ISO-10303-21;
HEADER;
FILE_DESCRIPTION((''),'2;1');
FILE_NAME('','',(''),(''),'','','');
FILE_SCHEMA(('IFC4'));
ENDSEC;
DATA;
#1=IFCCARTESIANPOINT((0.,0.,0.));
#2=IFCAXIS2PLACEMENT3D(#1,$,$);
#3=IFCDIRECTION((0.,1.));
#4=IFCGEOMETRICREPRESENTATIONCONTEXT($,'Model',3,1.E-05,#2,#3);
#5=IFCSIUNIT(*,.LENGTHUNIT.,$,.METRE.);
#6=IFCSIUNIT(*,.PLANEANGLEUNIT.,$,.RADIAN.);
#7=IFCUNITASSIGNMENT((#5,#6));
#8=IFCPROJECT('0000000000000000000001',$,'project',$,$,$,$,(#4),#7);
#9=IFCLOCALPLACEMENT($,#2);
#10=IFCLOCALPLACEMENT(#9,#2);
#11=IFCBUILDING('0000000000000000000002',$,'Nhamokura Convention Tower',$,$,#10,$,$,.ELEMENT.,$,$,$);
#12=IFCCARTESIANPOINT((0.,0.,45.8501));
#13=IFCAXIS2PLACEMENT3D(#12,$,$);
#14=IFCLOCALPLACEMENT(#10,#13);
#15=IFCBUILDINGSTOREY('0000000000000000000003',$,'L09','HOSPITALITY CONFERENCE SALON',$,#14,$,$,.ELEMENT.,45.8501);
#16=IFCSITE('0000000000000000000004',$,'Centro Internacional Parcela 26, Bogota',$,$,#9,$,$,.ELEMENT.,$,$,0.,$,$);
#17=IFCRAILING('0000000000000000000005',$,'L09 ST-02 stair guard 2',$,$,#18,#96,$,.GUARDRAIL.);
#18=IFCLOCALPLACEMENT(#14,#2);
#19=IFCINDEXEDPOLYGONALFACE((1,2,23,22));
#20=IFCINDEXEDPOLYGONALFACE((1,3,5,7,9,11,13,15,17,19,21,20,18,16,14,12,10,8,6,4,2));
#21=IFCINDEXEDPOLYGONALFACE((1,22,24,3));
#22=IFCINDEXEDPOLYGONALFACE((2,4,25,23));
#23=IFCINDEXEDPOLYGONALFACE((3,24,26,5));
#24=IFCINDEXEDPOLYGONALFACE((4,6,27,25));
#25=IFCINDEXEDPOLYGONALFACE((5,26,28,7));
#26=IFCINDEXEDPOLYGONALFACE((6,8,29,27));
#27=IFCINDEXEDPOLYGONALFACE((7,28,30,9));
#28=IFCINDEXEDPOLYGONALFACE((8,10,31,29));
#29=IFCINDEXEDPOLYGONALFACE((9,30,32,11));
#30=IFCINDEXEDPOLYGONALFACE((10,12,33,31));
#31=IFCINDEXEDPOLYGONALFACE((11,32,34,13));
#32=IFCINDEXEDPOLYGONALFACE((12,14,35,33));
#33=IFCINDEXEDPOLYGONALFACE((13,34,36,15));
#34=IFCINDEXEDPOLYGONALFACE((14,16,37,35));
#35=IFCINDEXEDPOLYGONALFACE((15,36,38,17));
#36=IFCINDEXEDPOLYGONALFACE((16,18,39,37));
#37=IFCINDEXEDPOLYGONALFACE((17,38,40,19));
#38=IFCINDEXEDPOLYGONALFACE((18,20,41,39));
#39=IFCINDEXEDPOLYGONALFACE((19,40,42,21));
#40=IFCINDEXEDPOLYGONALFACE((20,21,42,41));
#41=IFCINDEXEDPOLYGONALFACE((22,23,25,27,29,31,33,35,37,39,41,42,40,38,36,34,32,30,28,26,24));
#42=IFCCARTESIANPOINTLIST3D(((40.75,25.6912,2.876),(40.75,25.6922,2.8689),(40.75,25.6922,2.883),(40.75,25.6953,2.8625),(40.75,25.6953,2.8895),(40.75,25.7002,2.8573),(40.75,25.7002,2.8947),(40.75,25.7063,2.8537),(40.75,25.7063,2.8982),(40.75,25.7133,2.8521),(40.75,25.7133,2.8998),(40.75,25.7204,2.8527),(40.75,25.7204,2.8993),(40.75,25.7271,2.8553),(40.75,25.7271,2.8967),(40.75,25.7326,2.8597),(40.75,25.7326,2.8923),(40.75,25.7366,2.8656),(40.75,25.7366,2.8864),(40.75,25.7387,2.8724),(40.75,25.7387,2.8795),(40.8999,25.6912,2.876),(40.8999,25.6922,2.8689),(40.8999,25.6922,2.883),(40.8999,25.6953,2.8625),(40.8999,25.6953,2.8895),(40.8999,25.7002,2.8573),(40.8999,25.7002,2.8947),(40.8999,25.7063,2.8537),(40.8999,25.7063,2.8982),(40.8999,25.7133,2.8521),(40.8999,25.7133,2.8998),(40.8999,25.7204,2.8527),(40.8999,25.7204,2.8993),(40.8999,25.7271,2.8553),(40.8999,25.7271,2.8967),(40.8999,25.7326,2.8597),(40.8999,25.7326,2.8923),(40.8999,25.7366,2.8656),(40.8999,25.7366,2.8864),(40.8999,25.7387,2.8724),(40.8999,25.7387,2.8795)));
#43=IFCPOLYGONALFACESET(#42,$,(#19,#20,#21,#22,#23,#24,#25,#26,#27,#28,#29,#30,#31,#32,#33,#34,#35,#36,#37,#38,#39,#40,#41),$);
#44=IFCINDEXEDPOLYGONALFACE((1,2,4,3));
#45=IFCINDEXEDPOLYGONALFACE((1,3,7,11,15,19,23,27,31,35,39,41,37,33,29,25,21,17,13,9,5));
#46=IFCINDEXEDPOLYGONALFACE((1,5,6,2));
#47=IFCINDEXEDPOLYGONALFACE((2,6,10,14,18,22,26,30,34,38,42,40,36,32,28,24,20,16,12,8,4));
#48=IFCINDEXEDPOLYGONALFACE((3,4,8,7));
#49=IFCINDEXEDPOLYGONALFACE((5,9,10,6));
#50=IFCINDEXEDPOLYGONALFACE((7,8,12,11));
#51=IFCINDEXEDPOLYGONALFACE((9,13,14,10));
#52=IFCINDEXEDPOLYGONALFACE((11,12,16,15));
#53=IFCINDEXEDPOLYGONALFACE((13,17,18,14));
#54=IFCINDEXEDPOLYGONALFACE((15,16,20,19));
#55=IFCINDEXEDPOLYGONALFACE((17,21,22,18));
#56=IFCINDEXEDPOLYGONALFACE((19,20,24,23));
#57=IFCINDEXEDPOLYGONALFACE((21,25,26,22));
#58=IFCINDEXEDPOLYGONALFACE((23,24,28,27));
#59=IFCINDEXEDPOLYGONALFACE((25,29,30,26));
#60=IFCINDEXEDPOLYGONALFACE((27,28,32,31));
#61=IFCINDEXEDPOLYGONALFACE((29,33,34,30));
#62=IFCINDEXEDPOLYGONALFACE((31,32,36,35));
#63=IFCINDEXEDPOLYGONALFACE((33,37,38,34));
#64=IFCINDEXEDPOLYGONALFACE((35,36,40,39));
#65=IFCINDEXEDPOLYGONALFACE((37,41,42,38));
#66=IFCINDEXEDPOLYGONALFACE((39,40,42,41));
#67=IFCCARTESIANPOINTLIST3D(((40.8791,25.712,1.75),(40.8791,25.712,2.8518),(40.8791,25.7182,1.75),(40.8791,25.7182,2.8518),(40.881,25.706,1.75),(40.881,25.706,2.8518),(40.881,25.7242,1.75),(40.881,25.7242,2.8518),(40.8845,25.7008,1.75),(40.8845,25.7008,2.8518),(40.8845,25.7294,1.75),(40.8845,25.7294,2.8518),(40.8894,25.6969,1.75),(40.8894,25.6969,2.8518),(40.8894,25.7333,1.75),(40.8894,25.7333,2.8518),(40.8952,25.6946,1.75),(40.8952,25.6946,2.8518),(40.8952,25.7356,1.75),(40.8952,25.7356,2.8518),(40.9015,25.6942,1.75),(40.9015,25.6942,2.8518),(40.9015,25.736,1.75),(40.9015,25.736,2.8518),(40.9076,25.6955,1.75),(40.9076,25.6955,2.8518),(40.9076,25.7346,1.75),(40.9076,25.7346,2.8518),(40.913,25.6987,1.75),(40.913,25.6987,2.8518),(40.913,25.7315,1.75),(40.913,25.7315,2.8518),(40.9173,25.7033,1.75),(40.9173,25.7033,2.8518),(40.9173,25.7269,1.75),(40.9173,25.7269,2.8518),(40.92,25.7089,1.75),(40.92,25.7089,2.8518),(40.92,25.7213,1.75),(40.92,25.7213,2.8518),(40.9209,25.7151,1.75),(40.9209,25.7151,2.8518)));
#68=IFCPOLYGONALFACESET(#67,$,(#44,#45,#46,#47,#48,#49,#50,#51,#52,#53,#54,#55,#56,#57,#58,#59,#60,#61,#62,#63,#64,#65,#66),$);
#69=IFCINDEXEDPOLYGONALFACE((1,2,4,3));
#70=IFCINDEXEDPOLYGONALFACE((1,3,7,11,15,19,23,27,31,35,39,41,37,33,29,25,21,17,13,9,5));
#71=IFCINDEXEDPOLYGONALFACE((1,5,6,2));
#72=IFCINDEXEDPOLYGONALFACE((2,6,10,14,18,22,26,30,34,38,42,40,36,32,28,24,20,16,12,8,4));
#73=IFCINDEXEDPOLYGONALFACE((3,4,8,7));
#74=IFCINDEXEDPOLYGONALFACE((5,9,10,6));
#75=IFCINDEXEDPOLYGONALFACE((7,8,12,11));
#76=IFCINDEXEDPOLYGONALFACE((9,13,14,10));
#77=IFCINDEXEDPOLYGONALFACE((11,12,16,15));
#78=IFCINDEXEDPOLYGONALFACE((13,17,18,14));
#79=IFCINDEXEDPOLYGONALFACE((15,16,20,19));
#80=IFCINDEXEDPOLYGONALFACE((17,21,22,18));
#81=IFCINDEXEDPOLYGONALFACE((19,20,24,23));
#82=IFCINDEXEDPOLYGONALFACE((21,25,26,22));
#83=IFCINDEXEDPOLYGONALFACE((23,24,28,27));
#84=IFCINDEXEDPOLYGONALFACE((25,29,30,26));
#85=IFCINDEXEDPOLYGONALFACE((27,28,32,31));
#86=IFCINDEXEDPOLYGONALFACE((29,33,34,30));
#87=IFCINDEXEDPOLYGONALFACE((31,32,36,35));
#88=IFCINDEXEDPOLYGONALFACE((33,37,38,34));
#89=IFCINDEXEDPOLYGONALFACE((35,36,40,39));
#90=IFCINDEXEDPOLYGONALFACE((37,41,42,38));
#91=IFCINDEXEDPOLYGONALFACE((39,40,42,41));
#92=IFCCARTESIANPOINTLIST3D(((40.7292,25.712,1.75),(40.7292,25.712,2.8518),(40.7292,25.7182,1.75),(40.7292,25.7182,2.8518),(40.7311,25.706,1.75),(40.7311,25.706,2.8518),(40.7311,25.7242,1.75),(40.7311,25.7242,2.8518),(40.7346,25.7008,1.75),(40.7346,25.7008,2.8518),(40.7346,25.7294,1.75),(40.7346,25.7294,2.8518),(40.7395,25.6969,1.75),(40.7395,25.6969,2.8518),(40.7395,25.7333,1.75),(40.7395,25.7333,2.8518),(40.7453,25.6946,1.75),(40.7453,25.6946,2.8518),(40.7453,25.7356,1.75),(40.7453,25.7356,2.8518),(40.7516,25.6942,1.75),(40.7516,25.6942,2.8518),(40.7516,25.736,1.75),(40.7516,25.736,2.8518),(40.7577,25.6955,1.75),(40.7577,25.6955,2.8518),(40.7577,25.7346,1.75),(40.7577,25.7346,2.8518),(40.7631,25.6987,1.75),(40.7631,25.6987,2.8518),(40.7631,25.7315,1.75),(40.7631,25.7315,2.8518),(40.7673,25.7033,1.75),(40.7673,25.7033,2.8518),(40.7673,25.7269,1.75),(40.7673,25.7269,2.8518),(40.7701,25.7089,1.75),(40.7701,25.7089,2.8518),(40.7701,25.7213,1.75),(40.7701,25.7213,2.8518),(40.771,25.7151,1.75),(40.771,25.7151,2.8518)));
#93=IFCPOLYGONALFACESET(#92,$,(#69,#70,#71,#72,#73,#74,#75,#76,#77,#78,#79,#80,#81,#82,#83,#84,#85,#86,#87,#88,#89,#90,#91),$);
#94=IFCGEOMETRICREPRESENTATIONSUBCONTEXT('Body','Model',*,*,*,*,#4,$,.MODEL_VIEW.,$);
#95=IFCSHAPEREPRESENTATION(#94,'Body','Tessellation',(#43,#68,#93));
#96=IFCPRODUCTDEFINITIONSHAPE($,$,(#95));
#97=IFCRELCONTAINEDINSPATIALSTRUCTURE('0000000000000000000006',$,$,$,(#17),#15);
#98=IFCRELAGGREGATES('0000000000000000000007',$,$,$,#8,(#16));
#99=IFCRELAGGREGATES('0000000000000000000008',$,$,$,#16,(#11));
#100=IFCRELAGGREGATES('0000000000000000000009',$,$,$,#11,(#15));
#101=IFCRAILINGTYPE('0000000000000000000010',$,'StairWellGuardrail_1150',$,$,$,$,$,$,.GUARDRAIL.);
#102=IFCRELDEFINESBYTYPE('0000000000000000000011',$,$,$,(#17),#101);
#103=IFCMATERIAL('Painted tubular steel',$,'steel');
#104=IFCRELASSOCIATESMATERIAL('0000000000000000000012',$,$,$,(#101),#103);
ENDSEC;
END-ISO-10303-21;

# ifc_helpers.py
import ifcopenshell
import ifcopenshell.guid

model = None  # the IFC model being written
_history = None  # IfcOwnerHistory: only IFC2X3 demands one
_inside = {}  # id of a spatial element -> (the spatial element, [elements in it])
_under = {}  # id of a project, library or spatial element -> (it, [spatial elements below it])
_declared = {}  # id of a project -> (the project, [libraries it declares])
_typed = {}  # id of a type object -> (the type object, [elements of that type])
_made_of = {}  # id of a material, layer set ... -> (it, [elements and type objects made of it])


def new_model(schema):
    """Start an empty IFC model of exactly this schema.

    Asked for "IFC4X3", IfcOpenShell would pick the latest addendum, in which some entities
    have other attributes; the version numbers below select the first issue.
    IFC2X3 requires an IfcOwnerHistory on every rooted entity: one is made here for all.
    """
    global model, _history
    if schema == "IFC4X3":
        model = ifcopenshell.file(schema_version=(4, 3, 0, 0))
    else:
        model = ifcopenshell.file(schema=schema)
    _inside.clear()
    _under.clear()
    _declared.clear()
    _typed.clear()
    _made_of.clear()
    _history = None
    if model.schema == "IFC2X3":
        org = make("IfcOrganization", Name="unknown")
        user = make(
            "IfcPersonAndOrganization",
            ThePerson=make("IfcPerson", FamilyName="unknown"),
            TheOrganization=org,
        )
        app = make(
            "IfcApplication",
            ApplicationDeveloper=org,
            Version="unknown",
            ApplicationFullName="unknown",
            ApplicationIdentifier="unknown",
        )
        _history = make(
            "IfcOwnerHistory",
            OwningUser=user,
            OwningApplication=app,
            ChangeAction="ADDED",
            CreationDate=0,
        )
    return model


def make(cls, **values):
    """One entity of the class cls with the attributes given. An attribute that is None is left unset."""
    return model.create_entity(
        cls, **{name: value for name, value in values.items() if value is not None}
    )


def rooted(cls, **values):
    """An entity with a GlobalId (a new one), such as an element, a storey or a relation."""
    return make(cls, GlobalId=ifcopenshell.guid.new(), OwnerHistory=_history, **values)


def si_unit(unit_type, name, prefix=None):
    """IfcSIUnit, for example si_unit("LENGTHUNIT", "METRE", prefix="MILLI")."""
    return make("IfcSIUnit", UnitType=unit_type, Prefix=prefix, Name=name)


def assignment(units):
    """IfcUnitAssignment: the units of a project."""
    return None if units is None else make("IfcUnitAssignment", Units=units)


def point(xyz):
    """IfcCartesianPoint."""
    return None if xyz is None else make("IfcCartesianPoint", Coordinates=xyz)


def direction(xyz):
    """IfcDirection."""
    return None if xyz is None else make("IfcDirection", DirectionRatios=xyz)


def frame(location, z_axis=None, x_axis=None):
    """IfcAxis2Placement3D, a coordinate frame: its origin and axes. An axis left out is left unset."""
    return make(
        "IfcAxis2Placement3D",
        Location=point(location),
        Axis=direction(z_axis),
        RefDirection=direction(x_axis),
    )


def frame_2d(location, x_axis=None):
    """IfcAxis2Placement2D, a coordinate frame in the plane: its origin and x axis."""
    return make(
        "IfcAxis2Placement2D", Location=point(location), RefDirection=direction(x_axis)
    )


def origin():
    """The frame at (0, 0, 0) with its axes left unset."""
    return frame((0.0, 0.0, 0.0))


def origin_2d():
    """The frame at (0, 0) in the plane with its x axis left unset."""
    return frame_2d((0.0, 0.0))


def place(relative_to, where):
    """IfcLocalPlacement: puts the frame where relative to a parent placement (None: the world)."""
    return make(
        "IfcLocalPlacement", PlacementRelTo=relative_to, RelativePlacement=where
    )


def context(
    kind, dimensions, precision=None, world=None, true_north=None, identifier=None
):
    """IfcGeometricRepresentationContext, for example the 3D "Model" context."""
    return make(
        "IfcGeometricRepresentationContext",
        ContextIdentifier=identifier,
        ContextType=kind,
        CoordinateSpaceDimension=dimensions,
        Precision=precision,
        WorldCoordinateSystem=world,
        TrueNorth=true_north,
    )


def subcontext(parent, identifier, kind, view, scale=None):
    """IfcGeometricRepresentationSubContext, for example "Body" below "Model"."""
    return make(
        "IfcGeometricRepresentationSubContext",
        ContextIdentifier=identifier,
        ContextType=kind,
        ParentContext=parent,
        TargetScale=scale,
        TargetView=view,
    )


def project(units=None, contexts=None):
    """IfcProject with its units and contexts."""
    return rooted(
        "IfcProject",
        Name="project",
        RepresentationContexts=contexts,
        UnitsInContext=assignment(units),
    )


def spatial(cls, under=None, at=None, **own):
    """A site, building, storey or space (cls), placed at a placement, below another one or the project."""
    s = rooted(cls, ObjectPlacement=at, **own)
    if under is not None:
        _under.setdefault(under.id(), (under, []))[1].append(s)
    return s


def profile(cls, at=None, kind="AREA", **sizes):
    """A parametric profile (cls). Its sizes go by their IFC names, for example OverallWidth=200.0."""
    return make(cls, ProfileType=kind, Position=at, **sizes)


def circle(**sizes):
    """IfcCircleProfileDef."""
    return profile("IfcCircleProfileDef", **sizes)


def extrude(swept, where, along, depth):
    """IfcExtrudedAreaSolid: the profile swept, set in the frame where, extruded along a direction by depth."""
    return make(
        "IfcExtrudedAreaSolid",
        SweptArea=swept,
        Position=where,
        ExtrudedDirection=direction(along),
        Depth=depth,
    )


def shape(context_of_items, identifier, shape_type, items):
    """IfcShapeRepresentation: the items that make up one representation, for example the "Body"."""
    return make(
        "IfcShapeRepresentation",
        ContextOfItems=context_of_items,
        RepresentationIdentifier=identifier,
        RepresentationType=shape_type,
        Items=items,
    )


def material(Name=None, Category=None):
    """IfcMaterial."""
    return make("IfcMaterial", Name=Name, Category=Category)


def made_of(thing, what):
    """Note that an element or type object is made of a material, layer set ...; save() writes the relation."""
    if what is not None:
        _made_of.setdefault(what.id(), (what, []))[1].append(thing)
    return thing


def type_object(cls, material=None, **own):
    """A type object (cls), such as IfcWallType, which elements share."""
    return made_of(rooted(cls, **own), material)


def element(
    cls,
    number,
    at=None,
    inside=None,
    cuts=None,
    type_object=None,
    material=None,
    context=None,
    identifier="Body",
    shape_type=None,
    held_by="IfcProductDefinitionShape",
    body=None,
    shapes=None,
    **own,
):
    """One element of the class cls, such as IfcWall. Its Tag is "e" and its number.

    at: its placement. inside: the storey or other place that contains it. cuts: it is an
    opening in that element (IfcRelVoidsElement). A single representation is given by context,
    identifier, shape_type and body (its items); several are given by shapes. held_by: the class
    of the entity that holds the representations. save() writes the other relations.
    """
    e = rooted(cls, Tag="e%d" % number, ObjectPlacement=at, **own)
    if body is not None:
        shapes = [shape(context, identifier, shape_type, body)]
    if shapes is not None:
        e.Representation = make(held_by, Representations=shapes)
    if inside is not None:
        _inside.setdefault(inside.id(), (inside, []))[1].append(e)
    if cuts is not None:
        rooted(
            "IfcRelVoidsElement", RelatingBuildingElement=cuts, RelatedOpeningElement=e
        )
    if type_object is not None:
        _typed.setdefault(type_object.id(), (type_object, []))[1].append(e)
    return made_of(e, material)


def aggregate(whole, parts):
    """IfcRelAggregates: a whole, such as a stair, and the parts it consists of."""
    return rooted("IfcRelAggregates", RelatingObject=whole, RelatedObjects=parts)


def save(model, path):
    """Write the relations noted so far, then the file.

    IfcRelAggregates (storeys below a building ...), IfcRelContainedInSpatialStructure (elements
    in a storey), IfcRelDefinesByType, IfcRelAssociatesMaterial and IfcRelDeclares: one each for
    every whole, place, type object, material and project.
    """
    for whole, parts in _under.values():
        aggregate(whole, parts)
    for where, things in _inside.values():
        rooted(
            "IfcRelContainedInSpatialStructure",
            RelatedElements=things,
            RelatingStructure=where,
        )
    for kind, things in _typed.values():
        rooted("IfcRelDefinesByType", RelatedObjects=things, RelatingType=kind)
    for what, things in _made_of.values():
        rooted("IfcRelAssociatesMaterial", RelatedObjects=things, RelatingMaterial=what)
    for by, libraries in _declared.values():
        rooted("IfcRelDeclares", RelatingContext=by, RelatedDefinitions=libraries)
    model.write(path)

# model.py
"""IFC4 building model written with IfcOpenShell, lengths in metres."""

from ifc_helpers import new_model, si_unit, direction, frame, origin, origin_2d, place, context, subcontext, project, spatial, circle, extrude, material, type_object, element, save


model = new_model("IFC4")

# Units and contexts
model_context = context("Model", 3, precision=1e-05, world=origin(), true_north=direction((0.0, 1.0)))
body_context = subcontext(model_context, "Body", "Model", "MODEL_VIEW")
ifc_project = project(units=[si_unit("LENGTHUNIT", "METRE"), si_unit("PLANEANGLEUNIT", "RADIAN")], contexts=[model_context])

# Site, building, storey
site_placement = place(None, origin())
site = spatial("IfcSite", under=ifc_project, at=site_placement, Name="Centro Internacional Parcela 26, Bogota", CompositionType="ELEMENT", RefElevation=0.0)
building_placement = place(site_placement, origin())
building = spatial("IfcBuilding", under=site, at=building_placement, Name="Nhamokura Convention Tower", CompositionType="ELEMENT")
storey_placement = place(building_placement, frame((0.0, 0.0, 45.8501)))
storey = spatial("IfcBuildingStorey", under=building, at=storey_placement, Name="L09", Description="HOSPITALITY CONFERENCE SALON", CompositionType="ELEMENT", Elevation=45.8501)

# Railing
ifc_material_1 = material(Name="Painted tubular steel", Category="steel")
railing_type_1 = type_object("IfcRailingType", Name="StairWellGuardrail_1150", PredefinedType="GUARDRAIL", material=ifc_material_1)
railing_1_placement = place(storey_placement, frame((40.8999, 25.7151, 1.75)))
element("IfcRailing", 1, at=railing_1_placement, inside=storey, type_object=railing_type_1, Name="L09 ST-02 stair guard 2", PredefinedType="GUARDRAIL", context=body_context, shape_type="SweptSolid", body=[
    extrude(circle(Radius=0.0239, at=origin_2d()), frame((0.0, 0.0, 1.126), z_axis=(-1.0, 0.0, 0.0), x_axis=(0.0, -1.0, 0.0)), (0.0, 0.0, 1.0), 0.1499),
    extrude(circle(Radius=0.021, at=origin_2d()), origin(), (0.0, 0.0, 1.0), 1.1018),
    extrude(circle(Radius=0.021, at=origin_2d()), frame((-0.1499, 0.0, 0.0)), (0.0, 0.0, 1.0), 1.1018),
])

save(model, "model.ifc")
